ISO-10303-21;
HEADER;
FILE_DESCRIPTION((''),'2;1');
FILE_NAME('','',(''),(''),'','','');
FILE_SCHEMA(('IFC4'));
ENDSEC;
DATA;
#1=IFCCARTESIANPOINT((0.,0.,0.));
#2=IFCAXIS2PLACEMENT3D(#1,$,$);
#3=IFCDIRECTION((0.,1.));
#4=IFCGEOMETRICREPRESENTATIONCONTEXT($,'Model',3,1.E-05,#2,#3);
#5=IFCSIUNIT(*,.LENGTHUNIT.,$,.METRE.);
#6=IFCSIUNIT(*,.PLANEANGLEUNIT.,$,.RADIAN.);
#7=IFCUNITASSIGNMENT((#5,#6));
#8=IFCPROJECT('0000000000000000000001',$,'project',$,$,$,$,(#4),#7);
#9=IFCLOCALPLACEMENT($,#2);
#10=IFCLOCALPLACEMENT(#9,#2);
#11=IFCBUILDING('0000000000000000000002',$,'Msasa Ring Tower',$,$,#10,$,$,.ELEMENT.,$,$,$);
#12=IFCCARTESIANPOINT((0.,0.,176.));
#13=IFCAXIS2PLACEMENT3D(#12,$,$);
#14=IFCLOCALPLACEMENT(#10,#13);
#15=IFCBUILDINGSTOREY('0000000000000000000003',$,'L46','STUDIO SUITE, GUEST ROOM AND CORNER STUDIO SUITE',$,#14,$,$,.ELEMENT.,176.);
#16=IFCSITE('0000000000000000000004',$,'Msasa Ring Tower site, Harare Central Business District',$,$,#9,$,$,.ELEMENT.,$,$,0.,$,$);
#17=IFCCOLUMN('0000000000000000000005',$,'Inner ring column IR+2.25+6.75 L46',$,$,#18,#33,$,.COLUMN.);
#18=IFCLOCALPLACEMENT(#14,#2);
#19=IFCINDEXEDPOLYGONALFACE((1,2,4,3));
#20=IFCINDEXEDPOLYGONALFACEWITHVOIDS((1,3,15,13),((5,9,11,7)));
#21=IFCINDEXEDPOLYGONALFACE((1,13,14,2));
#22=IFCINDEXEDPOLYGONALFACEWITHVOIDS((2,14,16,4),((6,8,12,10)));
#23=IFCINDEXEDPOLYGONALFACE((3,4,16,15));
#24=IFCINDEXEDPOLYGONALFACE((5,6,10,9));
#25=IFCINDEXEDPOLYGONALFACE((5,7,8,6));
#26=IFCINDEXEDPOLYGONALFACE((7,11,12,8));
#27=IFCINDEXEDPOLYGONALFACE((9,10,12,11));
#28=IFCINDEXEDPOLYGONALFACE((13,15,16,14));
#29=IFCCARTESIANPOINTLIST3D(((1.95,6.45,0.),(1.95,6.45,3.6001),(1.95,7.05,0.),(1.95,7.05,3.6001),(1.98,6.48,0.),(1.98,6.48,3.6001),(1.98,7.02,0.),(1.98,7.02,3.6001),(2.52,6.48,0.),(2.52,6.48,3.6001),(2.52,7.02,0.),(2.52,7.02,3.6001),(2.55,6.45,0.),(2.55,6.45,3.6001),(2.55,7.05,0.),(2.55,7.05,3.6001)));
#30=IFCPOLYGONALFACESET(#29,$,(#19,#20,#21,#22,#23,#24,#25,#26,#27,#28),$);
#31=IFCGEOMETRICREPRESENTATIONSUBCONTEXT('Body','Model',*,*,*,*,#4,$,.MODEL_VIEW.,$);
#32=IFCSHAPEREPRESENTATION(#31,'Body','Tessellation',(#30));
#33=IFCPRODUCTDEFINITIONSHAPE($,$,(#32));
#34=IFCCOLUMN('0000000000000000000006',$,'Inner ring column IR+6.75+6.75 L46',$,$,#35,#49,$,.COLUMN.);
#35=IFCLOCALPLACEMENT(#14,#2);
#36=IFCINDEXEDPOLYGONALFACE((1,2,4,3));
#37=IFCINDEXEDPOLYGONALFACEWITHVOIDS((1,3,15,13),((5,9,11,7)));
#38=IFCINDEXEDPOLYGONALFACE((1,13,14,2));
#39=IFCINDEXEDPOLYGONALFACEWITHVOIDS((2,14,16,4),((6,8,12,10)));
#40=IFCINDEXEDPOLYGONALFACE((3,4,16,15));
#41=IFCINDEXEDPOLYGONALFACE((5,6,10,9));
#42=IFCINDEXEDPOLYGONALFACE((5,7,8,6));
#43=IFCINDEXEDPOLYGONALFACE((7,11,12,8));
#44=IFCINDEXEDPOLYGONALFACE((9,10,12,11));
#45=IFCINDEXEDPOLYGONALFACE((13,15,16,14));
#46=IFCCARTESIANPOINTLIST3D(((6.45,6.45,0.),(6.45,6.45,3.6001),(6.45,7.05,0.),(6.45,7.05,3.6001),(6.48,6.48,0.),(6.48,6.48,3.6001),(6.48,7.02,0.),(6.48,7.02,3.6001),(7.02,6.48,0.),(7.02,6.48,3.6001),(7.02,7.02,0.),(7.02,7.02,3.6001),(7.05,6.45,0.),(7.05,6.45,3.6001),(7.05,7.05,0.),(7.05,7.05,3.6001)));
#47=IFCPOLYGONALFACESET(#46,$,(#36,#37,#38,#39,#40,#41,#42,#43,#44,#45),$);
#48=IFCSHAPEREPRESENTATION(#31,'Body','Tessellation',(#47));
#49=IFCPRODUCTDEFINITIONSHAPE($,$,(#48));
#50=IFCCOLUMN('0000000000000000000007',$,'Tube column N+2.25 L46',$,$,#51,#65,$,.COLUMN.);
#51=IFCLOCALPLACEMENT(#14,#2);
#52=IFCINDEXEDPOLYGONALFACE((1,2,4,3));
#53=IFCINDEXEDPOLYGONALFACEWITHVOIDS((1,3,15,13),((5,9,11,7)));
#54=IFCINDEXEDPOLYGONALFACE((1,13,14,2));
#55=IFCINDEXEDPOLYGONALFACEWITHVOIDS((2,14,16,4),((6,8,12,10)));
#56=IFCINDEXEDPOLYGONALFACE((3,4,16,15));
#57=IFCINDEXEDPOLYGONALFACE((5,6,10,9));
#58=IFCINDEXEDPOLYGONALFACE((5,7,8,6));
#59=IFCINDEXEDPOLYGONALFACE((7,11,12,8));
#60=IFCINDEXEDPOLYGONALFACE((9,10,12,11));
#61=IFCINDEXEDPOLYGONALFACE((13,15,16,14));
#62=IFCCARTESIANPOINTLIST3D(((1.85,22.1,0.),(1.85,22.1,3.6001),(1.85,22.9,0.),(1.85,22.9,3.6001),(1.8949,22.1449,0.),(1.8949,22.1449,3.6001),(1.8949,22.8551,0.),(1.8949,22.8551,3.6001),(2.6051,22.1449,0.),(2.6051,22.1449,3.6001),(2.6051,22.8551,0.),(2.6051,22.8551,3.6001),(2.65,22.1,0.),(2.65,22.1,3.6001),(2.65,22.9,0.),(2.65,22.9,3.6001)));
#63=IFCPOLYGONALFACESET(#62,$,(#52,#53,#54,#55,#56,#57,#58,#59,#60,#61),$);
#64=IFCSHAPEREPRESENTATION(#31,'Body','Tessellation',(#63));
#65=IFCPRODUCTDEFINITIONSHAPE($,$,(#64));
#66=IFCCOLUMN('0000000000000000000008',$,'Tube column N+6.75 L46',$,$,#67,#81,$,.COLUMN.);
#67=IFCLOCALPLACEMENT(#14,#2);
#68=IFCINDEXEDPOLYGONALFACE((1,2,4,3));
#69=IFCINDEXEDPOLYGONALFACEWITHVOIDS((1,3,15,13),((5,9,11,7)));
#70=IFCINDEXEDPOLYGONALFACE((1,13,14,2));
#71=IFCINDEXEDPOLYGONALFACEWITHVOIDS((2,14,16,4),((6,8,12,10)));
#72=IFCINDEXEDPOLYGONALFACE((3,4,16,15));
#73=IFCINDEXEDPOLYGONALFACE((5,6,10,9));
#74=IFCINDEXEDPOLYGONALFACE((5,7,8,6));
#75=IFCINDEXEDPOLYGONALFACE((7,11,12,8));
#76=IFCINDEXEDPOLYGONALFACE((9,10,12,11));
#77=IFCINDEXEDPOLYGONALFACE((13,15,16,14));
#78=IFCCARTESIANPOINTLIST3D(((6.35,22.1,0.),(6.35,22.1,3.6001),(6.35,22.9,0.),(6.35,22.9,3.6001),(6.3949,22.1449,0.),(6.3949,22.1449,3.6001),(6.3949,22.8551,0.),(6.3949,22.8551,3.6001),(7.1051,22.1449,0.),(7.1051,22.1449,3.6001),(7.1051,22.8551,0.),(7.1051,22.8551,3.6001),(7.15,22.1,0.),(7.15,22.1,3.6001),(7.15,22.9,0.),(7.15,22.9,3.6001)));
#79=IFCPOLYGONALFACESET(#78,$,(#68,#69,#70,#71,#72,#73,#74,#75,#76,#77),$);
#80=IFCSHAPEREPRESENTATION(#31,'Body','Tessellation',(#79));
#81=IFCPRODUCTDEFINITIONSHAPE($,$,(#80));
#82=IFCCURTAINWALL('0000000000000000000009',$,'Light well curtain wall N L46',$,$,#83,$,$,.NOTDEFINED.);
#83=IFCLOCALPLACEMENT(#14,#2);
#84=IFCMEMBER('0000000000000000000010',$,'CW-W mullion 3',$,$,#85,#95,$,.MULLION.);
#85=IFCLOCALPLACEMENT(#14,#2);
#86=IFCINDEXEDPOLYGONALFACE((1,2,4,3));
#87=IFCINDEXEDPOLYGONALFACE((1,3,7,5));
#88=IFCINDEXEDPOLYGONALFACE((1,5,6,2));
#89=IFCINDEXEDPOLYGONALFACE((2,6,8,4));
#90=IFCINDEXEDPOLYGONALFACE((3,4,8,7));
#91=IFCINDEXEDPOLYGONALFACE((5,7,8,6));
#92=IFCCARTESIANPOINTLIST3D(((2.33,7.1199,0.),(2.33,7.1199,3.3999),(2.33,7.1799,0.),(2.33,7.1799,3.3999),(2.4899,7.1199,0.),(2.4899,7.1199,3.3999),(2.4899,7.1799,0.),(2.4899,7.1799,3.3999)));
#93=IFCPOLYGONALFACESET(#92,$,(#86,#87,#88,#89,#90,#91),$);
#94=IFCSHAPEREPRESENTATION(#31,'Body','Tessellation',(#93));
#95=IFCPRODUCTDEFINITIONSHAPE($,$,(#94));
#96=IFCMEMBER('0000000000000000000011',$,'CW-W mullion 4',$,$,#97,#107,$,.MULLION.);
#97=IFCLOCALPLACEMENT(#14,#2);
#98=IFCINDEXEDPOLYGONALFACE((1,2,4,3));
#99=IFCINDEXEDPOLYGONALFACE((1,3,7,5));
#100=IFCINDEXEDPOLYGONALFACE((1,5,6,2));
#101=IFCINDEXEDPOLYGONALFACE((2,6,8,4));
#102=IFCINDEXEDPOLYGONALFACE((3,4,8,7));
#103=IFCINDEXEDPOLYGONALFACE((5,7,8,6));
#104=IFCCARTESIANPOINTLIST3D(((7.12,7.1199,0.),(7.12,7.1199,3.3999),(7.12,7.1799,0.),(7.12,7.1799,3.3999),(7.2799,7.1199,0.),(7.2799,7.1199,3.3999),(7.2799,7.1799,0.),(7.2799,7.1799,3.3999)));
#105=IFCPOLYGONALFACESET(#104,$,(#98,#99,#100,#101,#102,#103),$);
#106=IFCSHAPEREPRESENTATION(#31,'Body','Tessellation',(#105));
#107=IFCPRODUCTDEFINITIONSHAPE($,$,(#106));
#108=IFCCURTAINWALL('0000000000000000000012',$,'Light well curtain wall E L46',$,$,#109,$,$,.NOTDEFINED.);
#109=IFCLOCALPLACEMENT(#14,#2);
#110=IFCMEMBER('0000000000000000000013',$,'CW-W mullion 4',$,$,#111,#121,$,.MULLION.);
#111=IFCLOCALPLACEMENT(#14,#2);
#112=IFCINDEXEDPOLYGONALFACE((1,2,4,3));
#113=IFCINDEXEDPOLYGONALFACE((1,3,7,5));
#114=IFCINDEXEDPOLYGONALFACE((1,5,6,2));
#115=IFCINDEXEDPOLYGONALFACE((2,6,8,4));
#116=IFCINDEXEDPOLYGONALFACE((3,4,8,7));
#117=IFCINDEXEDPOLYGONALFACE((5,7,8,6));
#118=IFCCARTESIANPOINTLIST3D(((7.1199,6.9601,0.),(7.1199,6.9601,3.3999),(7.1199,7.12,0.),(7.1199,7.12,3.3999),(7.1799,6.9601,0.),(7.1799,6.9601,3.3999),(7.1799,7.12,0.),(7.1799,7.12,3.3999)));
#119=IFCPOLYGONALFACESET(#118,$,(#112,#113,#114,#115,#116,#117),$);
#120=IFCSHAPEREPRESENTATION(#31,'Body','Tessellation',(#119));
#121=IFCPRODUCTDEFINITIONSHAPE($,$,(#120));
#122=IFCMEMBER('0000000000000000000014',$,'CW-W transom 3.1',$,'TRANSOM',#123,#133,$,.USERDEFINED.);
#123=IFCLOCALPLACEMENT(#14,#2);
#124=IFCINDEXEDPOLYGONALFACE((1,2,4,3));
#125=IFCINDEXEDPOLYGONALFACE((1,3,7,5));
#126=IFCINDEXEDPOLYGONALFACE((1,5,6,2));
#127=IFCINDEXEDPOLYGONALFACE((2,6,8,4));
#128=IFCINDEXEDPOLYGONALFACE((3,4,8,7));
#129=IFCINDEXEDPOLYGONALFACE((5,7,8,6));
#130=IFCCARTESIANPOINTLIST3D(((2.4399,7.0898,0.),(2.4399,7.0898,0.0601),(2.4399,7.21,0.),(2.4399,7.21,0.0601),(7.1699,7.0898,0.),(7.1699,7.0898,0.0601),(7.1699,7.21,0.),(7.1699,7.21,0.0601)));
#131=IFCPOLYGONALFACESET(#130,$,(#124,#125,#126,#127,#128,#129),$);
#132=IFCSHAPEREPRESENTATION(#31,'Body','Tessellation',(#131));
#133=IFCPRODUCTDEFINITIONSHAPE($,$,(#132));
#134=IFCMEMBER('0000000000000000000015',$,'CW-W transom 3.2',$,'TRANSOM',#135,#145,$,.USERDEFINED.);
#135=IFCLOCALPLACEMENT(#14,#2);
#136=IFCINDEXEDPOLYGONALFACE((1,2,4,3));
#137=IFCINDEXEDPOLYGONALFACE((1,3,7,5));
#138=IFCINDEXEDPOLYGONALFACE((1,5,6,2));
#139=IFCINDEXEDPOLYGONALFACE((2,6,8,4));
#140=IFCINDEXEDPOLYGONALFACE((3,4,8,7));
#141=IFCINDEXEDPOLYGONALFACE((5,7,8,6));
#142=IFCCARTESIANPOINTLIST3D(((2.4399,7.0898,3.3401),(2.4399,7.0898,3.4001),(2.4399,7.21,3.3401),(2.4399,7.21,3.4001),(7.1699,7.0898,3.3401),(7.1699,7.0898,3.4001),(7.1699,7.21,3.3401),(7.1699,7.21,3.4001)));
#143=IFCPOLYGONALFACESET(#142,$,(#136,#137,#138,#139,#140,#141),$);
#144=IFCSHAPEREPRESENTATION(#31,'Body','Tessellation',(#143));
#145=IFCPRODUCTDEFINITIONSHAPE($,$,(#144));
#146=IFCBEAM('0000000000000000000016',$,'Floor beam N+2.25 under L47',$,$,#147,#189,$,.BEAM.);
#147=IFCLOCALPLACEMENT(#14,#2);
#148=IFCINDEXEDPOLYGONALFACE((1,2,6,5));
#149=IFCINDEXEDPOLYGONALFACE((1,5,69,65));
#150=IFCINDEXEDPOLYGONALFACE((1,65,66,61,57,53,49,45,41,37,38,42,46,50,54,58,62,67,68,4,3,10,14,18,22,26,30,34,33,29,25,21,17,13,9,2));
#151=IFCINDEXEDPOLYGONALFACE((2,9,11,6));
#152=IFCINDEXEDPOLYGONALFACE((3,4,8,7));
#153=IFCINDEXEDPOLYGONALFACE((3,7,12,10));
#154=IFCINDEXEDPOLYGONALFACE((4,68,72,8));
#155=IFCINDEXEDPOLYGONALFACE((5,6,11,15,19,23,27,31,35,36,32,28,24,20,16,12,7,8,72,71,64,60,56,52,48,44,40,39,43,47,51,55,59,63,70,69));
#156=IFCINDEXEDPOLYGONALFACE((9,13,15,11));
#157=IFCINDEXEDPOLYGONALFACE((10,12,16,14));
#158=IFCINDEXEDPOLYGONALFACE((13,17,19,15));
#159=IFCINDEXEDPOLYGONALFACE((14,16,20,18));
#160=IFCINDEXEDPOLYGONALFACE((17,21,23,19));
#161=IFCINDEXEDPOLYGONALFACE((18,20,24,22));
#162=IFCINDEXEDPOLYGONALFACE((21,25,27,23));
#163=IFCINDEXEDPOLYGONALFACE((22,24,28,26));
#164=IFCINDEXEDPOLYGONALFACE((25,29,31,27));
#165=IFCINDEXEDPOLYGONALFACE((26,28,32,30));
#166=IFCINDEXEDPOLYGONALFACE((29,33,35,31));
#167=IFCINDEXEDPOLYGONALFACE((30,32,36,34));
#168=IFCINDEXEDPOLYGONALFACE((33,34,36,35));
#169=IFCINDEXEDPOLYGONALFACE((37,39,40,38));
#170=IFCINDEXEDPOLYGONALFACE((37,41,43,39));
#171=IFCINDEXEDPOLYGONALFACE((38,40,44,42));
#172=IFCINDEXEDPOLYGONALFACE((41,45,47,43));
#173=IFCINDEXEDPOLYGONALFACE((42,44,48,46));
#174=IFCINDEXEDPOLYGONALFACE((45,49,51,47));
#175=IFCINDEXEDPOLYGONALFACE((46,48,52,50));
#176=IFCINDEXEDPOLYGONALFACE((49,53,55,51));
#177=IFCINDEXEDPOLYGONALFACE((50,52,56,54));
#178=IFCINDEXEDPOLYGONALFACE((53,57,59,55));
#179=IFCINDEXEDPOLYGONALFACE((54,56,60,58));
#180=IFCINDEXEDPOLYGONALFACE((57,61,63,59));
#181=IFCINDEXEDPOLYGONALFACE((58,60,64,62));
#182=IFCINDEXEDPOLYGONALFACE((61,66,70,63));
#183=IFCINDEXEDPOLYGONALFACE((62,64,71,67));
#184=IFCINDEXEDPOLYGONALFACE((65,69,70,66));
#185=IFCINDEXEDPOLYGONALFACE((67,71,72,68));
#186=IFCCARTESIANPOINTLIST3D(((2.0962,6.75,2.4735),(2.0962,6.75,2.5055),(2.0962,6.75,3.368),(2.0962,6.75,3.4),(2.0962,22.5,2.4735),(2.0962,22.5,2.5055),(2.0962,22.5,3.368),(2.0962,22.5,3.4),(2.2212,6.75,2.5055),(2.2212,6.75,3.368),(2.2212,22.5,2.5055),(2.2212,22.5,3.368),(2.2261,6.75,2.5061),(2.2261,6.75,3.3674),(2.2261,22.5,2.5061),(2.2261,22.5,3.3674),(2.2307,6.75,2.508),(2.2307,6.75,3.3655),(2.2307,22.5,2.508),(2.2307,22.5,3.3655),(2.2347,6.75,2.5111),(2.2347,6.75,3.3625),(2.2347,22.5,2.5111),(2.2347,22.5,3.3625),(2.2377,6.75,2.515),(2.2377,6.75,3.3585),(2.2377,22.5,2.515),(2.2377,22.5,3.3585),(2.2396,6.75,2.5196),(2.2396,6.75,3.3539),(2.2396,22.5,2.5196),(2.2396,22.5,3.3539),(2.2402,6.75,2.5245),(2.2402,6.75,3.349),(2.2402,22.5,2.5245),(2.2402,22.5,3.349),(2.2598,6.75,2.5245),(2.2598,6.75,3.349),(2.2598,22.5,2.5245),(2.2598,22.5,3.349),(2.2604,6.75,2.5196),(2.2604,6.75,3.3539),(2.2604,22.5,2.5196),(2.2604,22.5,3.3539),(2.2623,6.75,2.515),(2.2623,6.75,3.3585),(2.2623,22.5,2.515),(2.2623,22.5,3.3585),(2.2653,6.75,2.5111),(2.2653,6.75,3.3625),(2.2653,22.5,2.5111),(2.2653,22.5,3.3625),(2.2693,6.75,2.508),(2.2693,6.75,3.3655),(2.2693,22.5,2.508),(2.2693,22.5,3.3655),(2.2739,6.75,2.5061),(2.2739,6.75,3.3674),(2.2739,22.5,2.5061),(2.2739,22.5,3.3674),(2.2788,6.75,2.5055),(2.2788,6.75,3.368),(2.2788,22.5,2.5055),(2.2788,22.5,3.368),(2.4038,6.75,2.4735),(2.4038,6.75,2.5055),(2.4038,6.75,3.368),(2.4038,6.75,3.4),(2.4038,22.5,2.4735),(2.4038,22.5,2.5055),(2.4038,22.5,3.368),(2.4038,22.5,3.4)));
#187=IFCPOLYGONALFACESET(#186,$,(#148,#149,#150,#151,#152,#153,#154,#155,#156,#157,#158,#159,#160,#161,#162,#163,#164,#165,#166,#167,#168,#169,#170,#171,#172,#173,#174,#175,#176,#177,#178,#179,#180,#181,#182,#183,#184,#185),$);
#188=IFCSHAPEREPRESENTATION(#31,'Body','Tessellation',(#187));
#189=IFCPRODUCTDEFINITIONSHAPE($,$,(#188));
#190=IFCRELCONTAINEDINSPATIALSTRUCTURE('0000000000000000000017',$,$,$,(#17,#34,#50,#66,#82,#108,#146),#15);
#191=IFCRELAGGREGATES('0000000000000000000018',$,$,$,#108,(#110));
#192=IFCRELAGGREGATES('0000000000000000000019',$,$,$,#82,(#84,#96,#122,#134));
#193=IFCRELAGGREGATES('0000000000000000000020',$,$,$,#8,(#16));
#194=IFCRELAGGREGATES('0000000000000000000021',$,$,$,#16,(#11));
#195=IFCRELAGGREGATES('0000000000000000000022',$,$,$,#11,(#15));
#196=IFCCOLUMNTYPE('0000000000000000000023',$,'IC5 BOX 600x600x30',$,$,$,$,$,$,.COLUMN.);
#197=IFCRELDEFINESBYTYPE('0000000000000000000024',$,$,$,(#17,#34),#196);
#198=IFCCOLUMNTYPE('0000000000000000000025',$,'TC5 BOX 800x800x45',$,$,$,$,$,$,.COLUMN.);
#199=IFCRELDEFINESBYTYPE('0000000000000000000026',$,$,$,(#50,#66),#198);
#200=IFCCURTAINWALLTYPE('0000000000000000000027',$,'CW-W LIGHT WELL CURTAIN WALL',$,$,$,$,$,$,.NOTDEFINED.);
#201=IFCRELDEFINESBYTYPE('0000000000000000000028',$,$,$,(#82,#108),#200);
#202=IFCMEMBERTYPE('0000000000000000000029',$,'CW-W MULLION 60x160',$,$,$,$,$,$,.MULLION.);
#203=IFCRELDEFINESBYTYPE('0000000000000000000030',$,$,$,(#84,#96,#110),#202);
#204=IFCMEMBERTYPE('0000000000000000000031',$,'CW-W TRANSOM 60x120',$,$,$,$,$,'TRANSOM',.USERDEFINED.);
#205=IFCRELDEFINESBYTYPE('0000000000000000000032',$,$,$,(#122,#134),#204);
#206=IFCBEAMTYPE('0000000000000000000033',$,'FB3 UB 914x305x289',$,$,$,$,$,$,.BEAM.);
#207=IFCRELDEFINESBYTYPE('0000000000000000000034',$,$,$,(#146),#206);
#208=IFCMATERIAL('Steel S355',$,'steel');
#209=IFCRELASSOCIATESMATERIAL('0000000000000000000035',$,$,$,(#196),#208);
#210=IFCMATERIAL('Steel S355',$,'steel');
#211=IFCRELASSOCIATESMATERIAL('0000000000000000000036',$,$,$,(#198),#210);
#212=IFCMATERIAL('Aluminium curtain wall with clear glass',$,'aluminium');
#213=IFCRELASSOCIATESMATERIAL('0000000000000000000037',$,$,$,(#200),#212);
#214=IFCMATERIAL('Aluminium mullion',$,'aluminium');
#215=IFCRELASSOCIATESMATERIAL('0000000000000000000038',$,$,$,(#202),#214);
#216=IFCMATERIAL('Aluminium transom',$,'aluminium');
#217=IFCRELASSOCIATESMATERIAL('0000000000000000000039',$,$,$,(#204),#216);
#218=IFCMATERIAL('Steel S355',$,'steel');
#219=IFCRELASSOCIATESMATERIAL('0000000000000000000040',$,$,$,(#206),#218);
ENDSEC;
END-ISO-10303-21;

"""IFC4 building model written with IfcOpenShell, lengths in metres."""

from ifc_helpers import new_model, si_unit, direction, frame, origin, origin_2d, place, context, subcontext, project, spatial, rectangle, hollow_rectangle, i_section, extrude, material, material_profile, profile_set, type_object, element, aggregate, save


model = new_model("IFC4")

# Units and contexts
model_context = context("Model", 3, precision=1e-05, world=origin(), true_north=direction((0.0, 1.0)))
body_context = subcontext(model_context, "Body", "Model", "MODEL_VIEW")
ifc_project = project(units=[si_unit("LENGTHUNIT", "METRE"), si_unit("PLANEANGLEUNIT", "RADIAN")], contexts=[model_context])

# Site, building, storey
site_placement = place(None, origin())
site = spatial("IfcSite", under=ifc_project, at=site_placement, Name="Msasa Ring Tower site, Harare Central Business District", CompositionType="ELEMENT", RefElevation=0.0)
building_placement = place(site_placement, origin())
building = spatial("IfcBuilding", under=site, at=building_placement, Name="Msasa Ring Tower", CompositionType="ELEMENT")
storey_placement = place(building_placement, frame((0.0, 0.0, 176.0)))
storey = spatial("IfcBuildingStorey", under=building, at=storey_placement, Name="L46", Description="STUDIO SUITE, GUEST ROOM AND CORNER STUDIO SUITE", CompositionType="ELEMENT", Elevation=176.0)

# Columns
ifc_material_1 = material(Name="Steel S355", Category="steel")
ifc_material_profile_1 = material_profile(ifc_material_1, hollow_rectangle(XDim=0.6001, YDim=0.6001, WallThickness=0.03, at=origin_2d()), Name="BOX 600x600x30")
ifc_profile_set_1 = profile_set([ifc_material_profile_1], Name="Steel S355")
column_type_1 = type_object("IfcColumnType", Name="IC5 BOX 600x600x30", PredefinedType="COLUMN", material=ifc_profile_set_1)
for number, where, z_axis, x_axis, name in (
    (1, (2.25, 6.75, 0.0), (0.0, 0.0, 1.0), (1.0, 0.0, 0.0), "Inner ring column IR+2.25+6.75 L46"),
    (2, (6.75, 6.75, 0.0), (0.0, 0.0, 1.0), (1.0, 0.0, 0.0), "Inner ring column IR+6.75+6.75 L46"),
):
    element("IfcColumn", number, at=place(storey_placement, frame(where, z_axis=z_axis, x_axis=x_axis)), inside=storey, type_object=column_type_1, Name=name, PredefinedType="COLUMN", context=body_context, shape_type="SweptSolid", body=[
        extrude(hollow_rectangle(XDim=0.6001, YDim=0.6001, WallThickness=0.03, at=origin_2d()), origin(), (0.0, 0.0, 1.0), 3.6001),
    ])
ifc_material_2 = material(Name="Steel S355", Category="steel")
ifc_material_profile_2 = material_profile(ifc_material_2, hollow_rectangle(XDim=0.8, YDim=0.8, WallThickness=0.0449, at=origin_2d()), Name="BOX 800x800x45")
ifc_profile_set_2 = profile_set([ifc_material_profile_2], Name="Steel S355")
column_type_2 = type_object("IfcColumnType", Name="TC5 BOX 800x800x45", PredefinedType="COLUMN", material=ifc_profile_set_2)
for number, where, z_axis, x_axis, name in (
    (3, (2.25, 22.5, 0.0), (0.0, 0.0, 1.0), (0.0, 1.0, 0.0), "Tube column N+2.25 L46"),
    (4, (6.75, 22.5, 0.0), (0.0, 0.0, 1.0), (0.0, 1.0, 0.0), "Tube column N+6.75 L46"),
):
    element("IfcColumn", number, at=place(storey_placement, frame(where, z_axis=z_axis, x_axis=x_axis)), inside=storey, type_object=column_type_2, Name=name, PredefinedType="COLUMN", context=body_context, shape_type="SweptSolid", body=[
        extrude(hollow_rectangle(XDim=0.8, YDim=0.8, WallThickness=0.0449, at=origin_2d()), origin(), (0.0, 0.0, 1.0), 3.6001),
    ])

# Curtain wall, members
ifc_material_3 = material(Name="Aluminium curtain wall with clear glass", Category="aluminium")
curtain_wall_type = type_object("IfcCurtainWallType", Name="CW-W LIGHT WELL CURTAIN WALL", PredefinedType="NOTDEFINED", material=ifc_material_3)
curtain_wall_1_placement = place(storey_placement, origin())
curtain_wall_1 = element("IfcCurtainWall", 5, at=curtain_wall_1_placement, inside=storey, type_object=curtain_wall_type, Name="Light well curtain wall N L46", PredefinedType="NOTDEFINED")
ifc_material_4 = material(Name="Aluminium mullion", Category="aluminium")
ifc_material_profile_3 = material_profile(ifc_material_4, rectangle(XDim=0.0601, YDim=0.1599, at=origin_2d()), Name="AL 60x160")
ifc_profile_set_3 = profile_set([ifc_material_profile_3], Name="Aluminium mullion")
member_type_1 = type_object("IfcMemberType", Name="CW-W MULLION 60x160", PredefinedType="MULLION", material=ifc_profile_set_3)
member_1_placement = place(storey_placement, frame((2.4099, 7.1499, 0.0), z_axis=(0.0, 0.0, 1.0), x_axis=(0.0, 1.0, 0.0)))
member_1 = element("IfcMember", 6, at=member_1_placement, type_object=member_type_1, Name="CW-W mullion 3", PredefinedType="MULLION", context=body_context, shape_type="SweptSolid", body=[
    extrude(rectangle(XDim=0.0601, YDim=0.1599, at=origin_2d()), origin(), (0.0, 0.0, 1.0), 3.3999),
])
member_2_placement = place(storey_placement, frame((7.2, 7.1499, 0.0), z_axis=(0.0, 0.0, 1.0), x_axis=(0.0, 1.0, 0.0)))
member_2 = element("IfcMember", 7, at=member_2_placement, type_object=member_type_1, Name="CW-W mullion 4", PredefinedType="MULLION", context=body_context, shape_type="SweptSolid", body=[
    extrude(rectangle(XDim=0.0601, YDim=0.1599, at=origin_2d()), origin(), (0.0, 0.0, 1.0), 3.3999),
])

# Curtain wall, member
curtain_wall_2_placement = place(storey_placement, origin())
curtain_wall_2 = element("IfcCurtainWall", 8, at=curtain_wall_2_placement, inside=storey, type_object=curtain_wall_type, Name="Light well curtain wall E L46", PredefinedType="NOTDEFINED")
member_3_placement = place(storey_placement, frame((7.1499, 7.04, 0.0), z_axis=(0.0, 0.0, 1.0), x_axis=(-1.0, 0.0, 0.0)))
member_3 = element("IfcMember", 9, at=member_3_placement, type_object=member_type_1, Name="CW-W mullion 4", PredefinedType="MULLION", context=body_context, shape_type="SweptSolid", body=[
    extrude(rectangle(XDim=0.0601, YDim=0.1599, at=origin_2d()), origin(), (0.0, 0.0, 1.0), 3.3999),
])
aggregate(curtain_wall_2, [member_3])

# Members
ifc_material_5 = material(Name="Aluminium transom", Category="aluminium")
ifc_material_profile_4 = material_profile(ifc_material_5, rectangle(XDim=0.1201, YDim=0.0601, at=origin_2d()), Name="AL 60x120")
ifc_profile_set_4 = profile_set([ifc_material_profile_4], Name="Aluminium transom")
member_type_2 = type_object("IfcMemberType", Name="CW-W TRANSOM 60x120", ElementType="TRANSOM", PredefinedType="USERDEFINED", material=ifc_profile_set_4)
member_4_placement = place(storey_placement, frame((2.4399, 7.1499, 0.03), z_axis=(1.0, 0.0, 0.0), x_axis=(0.0, 1.0, 0.0)))
member_4 = element("IfcMember", 10, at=member_4_placement, type_object=member_type_2, Name="CW-W transom 3.1", ObjectType="TRANSOM", PredefinedType="USERDEFINED", context=body_context, shape_type="SweptSolid", body=[
    extrude(rectangle(XDim=0.1201, YDim=0.0601, at=origin_2d()), origin(), (0.0, 0.0, 1.0), 4.73),
])
member_5_placement = place(storey_placement, frame((2.4399, 7.1499, 3.3701), z_axis=(1.0, 0.0, 0.0), x_axis=(0.0, 1.0, 0.0)))
member_5 = element("IfcMember", 11, at=member_5_placement, type_object=member_type_2, Name="CW-W transom 3.2", ObjectType="TRANSOM", PredefinedType="USERDEFINED", context=body_context, shape_type="SweptSolid", body=[
    extrude(rectangle(XDim=0.1201, YDim=0.0601, at=origin_2d()), origin(), (0.0, 0.0, 1.0), 4.73),
])

# Beam
ifc_material_6 = material(Name="Steel S355", Category="steel")
ifc_material_profile_5 = material_profile(ifc_material_6, i_section(OverallWidth=0.3076, OverallDepth=0.9265, WebThickness=0.0195, FlangeThickness=0.032, FilletRadius=0.019, at=origin_2d()), Name="UB 914x305x289")
ifc_profile_set_5 = profile_set([ifc_material_profile_5], Name="Steel S355")
beam_type_1 = type_object("IfcBeamType", Name="FB3 UB 914x305x289", PredefinedType="BEAM", material=ifc_profile_set_5)
for number, where, z_axis, x_axis, name in (
    (12, (2.25, 22.5, 2.9368), (0.0, -1.0, 0.0), (1.0, 0.0, 0.0), "Floor beam N+2.25 under L47"),
):
    element("IfcBeam", number, at=place(storey_placement, frame(where, z_axis=z_axis, x_axis=x_axis)), inside=storey, type_object=beam_type_1, Name=name, PredefinedType="BEAM", context=body_context, shape_type="SweptSolid", body=[
        extrude(i_section(OverallWidth=0.3076, OverallDepth=0.9265, WebThickness=0.0195, FlangeThickness=0.032, FilletRadius=0.019, at=origin_2d()), origin(), (0.0, 0.0, 1.0), 15.75),
    ])

aggregate(curtain_wall_1, [member_1, member_2, member_4, member_5])

save(model, "model.ifc")
